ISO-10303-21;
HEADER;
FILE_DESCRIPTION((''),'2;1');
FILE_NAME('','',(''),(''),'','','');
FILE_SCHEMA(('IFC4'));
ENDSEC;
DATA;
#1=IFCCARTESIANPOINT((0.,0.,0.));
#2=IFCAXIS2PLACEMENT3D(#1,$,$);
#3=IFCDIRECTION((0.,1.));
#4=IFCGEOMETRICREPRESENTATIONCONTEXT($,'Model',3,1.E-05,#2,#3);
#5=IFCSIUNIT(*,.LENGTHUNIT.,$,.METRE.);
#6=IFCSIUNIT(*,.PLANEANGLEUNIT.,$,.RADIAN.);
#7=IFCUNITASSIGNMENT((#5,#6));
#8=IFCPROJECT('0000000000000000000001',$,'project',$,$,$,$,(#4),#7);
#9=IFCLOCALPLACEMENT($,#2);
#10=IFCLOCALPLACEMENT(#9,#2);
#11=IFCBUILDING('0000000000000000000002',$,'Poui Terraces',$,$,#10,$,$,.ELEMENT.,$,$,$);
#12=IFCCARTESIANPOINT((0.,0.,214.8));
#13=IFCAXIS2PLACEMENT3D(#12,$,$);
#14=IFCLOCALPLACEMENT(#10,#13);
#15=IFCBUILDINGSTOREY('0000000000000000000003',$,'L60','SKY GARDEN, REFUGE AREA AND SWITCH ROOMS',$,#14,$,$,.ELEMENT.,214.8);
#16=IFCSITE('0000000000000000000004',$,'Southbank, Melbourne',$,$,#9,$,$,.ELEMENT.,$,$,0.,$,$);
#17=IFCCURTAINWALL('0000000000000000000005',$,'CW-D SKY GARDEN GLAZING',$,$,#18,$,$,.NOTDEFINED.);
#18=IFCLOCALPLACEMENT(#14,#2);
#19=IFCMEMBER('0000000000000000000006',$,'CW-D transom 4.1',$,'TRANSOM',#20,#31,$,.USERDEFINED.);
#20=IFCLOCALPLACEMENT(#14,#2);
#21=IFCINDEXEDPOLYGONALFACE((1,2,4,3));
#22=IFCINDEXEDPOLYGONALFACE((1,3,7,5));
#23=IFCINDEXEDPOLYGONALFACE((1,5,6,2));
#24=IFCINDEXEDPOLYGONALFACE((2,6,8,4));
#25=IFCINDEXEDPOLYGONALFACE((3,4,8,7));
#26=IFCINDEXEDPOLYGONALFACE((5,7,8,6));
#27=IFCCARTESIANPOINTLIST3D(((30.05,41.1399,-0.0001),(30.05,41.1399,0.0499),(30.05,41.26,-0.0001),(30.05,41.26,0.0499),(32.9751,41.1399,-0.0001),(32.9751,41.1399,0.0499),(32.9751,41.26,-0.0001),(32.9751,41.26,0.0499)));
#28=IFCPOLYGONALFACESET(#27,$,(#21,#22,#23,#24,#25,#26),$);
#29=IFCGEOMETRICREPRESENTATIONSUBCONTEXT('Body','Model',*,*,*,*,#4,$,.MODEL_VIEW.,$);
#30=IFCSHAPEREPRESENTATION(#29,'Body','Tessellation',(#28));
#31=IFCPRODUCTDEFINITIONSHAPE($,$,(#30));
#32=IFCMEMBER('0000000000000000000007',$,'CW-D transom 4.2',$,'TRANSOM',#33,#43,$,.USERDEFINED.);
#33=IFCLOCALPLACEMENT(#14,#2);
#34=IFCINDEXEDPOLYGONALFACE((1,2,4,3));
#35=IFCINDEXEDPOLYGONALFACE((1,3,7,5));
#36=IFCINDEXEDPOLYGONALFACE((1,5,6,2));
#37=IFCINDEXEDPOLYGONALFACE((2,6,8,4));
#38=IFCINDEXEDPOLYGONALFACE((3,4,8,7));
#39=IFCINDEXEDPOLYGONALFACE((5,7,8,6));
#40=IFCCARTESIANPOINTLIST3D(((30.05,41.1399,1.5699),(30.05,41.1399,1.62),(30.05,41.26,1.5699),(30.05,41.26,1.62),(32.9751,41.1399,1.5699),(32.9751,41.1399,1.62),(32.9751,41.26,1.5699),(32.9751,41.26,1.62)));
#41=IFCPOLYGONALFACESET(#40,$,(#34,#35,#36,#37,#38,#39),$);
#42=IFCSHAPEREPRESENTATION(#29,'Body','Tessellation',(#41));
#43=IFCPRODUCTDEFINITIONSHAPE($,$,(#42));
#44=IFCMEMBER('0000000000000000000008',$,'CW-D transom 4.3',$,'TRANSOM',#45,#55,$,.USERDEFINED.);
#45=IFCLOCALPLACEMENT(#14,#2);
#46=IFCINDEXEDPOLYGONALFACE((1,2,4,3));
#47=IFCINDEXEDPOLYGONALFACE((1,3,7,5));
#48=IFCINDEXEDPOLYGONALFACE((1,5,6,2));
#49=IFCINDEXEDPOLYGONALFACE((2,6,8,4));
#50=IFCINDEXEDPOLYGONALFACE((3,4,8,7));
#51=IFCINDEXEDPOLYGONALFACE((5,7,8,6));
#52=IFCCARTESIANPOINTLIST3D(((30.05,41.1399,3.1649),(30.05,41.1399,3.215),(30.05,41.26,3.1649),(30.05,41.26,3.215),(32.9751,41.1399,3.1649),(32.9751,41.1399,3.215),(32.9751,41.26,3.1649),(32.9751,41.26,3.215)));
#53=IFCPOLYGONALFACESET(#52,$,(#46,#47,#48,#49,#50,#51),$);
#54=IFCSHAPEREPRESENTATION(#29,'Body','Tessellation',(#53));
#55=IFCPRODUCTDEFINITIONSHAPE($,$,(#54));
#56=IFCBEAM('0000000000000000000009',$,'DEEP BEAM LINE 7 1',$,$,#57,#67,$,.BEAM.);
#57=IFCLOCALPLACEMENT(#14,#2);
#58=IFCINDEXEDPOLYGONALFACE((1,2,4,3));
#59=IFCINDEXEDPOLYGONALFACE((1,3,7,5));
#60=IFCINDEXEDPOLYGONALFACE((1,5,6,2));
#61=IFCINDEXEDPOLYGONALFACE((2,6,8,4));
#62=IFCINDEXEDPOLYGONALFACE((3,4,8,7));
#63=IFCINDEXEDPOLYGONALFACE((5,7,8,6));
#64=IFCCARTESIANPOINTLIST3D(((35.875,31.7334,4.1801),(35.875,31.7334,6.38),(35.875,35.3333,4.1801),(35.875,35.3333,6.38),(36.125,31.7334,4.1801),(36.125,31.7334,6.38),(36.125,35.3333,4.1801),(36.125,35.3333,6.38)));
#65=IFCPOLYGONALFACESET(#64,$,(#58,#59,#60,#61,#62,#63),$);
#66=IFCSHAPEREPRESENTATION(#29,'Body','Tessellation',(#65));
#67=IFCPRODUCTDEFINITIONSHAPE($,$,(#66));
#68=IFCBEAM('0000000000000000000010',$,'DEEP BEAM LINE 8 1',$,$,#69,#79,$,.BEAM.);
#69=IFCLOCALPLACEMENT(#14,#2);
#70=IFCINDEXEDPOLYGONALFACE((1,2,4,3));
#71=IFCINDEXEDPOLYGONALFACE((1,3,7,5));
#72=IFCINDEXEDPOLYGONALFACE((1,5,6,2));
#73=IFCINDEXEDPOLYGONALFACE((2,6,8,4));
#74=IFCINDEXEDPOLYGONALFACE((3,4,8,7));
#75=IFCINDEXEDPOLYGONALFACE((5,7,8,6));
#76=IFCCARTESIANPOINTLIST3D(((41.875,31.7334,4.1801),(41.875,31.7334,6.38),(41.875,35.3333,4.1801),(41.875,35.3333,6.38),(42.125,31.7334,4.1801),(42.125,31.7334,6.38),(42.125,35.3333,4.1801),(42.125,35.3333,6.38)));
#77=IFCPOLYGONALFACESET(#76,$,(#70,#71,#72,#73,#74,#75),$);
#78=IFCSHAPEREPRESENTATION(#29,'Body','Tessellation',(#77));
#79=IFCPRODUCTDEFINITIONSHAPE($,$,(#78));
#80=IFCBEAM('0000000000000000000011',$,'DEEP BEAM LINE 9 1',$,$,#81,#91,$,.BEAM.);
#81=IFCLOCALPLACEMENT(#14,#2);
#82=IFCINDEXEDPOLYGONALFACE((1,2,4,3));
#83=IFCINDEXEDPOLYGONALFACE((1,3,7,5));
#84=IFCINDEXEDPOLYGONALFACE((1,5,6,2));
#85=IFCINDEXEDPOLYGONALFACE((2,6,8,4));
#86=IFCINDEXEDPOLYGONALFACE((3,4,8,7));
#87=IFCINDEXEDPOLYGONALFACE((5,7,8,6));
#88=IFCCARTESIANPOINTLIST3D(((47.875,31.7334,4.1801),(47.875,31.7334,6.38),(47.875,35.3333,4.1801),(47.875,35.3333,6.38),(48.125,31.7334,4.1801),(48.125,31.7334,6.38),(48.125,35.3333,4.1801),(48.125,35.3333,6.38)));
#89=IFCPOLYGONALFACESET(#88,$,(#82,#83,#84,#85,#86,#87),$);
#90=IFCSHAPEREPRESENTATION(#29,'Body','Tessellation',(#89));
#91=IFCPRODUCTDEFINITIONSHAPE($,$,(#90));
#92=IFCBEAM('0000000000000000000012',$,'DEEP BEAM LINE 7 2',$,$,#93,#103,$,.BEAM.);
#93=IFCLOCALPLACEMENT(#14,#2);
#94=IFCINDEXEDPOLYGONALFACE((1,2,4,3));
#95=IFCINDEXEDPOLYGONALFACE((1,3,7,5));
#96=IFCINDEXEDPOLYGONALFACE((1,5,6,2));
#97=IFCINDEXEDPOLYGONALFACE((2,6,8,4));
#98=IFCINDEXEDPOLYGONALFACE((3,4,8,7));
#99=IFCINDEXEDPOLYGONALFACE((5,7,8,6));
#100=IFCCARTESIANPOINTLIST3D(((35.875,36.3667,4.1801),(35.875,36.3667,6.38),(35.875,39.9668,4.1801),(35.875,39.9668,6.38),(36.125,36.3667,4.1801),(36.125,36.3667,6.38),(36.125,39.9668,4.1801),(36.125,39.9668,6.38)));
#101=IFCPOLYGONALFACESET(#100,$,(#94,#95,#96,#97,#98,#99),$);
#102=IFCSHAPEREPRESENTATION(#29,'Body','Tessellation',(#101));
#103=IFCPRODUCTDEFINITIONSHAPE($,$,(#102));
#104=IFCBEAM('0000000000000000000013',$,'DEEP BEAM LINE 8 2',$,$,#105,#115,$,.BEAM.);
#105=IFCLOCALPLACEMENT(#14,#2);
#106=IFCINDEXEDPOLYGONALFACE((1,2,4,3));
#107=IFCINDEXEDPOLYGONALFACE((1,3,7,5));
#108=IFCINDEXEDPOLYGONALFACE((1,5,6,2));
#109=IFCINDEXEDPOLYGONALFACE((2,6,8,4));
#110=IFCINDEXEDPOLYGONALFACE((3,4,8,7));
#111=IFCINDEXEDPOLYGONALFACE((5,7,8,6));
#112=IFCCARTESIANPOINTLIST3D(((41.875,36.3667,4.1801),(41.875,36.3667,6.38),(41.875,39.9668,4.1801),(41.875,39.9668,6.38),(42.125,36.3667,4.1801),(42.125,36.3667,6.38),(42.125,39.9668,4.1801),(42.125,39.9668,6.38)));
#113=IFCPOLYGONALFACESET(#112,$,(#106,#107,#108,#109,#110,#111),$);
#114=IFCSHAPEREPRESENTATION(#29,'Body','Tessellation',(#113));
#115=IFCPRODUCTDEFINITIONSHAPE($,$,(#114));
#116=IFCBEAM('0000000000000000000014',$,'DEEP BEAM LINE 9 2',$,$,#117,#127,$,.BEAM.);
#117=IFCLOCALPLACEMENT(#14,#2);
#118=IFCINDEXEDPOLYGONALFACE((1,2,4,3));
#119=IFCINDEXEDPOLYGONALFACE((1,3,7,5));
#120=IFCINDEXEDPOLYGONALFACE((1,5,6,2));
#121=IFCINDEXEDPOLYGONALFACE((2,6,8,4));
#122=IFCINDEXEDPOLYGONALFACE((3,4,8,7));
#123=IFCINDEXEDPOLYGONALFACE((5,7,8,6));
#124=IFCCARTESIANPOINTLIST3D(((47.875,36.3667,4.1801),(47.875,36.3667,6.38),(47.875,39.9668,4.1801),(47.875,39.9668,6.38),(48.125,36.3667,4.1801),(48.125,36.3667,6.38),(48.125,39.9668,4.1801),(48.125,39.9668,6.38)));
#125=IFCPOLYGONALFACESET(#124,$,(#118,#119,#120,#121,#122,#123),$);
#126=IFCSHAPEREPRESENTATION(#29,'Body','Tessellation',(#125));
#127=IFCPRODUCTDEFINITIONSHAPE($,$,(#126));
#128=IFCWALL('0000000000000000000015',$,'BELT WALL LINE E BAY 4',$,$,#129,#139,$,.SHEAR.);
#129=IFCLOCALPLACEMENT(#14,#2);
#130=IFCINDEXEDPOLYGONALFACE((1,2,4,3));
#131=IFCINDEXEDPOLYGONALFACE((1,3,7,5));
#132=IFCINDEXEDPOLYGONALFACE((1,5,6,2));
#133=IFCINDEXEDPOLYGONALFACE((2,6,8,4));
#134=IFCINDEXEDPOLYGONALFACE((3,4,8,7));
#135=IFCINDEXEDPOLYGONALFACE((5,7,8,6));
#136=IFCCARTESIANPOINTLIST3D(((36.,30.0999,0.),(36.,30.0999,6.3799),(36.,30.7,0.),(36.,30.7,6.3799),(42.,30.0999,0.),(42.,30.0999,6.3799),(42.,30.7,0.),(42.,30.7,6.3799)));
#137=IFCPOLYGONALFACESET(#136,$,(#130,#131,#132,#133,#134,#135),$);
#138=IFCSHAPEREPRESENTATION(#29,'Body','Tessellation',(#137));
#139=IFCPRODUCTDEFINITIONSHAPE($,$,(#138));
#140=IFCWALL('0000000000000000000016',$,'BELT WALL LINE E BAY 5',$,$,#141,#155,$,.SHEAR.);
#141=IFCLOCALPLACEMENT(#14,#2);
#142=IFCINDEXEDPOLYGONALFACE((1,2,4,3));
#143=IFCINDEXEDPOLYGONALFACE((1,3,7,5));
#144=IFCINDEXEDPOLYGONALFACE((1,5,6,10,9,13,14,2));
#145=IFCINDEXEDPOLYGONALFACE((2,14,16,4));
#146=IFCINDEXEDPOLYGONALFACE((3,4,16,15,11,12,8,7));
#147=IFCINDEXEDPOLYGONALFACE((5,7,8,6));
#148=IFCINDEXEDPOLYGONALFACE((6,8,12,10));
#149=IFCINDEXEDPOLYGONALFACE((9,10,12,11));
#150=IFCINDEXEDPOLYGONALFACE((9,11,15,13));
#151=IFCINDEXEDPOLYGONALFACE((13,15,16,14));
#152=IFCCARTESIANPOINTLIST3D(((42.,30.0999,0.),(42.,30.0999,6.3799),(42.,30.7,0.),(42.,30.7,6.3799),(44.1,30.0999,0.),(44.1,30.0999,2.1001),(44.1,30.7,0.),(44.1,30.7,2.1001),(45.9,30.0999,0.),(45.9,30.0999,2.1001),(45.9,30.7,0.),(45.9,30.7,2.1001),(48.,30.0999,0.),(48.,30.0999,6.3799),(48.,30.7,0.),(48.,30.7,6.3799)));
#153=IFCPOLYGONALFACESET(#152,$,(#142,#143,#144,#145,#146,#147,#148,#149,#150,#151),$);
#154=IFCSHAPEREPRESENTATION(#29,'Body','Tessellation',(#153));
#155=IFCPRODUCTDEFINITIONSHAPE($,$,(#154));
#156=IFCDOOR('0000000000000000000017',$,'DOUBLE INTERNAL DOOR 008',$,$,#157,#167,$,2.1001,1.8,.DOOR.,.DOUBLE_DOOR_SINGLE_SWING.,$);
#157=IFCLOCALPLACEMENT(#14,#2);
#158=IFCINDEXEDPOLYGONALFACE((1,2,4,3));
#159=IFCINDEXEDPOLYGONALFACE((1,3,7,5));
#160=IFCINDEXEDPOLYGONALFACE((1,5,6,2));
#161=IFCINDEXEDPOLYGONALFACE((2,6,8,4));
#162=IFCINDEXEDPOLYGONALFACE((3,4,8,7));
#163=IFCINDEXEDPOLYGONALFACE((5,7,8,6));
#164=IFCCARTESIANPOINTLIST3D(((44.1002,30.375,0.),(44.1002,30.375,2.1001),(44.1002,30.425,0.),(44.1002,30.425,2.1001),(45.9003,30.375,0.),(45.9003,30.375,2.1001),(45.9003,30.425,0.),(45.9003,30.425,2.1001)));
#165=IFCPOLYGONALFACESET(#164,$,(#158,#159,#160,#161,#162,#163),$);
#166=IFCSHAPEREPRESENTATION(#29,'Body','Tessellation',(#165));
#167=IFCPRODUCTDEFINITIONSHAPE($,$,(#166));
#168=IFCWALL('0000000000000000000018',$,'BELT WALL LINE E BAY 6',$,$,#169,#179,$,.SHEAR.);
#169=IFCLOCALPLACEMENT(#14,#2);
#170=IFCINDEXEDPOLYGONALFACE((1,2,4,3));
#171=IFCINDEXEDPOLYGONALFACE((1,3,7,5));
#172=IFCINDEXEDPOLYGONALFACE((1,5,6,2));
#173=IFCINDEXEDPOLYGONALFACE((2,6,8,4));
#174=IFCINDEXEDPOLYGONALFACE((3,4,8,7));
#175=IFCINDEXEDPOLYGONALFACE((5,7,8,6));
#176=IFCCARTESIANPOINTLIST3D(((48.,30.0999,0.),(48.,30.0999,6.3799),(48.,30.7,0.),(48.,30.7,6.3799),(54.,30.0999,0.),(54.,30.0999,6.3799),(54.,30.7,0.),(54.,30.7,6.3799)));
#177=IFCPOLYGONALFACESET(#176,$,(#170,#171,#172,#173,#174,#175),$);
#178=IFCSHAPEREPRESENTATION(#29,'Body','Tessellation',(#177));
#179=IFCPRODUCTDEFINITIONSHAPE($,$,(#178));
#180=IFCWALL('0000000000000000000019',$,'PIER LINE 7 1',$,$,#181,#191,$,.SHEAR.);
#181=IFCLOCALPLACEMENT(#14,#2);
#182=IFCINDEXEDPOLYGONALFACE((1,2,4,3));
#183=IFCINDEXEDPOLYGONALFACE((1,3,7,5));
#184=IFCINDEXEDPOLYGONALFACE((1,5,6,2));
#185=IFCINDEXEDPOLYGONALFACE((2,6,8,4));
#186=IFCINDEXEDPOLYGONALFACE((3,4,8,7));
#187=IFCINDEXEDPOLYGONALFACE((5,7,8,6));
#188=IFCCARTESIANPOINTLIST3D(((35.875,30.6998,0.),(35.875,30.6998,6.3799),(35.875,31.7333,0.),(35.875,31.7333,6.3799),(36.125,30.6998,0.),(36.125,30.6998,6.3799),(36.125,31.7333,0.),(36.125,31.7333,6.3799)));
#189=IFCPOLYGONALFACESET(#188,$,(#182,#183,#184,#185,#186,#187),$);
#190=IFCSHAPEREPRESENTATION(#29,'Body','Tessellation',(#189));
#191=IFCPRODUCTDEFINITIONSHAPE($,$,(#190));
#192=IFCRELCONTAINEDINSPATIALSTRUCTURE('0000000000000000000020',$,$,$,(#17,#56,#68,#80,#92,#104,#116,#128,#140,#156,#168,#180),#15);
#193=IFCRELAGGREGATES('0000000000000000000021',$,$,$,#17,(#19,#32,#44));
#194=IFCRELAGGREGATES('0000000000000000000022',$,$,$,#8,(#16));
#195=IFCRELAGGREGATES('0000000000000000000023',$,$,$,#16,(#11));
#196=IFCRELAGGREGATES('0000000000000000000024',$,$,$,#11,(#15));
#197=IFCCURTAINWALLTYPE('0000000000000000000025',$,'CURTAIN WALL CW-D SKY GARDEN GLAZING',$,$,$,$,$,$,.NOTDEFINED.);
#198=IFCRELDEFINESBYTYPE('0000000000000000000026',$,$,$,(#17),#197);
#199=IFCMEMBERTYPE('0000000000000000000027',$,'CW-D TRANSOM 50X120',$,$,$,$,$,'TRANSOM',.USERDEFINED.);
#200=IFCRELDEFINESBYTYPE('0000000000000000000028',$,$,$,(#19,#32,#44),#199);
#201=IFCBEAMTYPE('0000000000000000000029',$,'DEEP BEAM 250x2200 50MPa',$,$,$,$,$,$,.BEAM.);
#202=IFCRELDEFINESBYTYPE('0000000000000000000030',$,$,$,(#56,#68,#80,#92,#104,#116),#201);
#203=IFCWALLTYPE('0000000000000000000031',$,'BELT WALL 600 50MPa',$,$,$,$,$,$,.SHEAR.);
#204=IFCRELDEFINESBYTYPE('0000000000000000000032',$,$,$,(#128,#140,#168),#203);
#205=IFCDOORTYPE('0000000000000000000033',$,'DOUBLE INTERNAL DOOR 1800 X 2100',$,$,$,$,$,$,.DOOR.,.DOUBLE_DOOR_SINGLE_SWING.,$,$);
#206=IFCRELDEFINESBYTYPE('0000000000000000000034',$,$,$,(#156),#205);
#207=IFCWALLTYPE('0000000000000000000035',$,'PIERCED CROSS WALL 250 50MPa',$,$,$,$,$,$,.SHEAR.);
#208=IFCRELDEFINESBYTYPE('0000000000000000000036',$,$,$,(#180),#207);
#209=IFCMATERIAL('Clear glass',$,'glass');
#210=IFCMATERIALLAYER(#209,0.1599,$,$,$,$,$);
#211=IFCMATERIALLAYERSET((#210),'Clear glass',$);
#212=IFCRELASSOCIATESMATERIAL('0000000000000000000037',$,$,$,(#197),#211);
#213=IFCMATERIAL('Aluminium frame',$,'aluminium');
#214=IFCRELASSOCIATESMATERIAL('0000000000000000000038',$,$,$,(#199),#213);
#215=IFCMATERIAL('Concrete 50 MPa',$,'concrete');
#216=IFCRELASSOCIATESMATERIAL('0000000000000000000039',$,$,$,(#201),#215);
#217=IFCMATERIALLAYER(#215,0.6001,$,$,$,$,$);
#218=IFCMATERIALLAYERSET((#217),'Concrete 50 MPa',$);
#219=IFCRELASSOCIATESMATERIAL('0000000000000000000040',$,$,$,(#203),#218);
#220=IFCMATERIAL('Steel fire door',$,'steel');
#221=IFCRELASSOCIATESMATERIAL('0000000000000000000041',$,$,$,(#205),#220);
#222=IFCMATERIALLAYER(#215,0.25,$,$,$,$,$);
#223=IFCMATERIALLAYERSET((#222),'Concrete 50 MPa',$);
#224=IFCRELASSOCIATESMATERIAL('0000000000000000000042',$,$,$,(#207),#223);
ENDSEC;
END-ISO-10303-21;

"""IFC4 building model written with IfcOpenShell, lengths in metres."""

from ifc_helpers import new_model, si_unit, direction, frame, frame_2d, origin, origin_2d, place, context, subcontext, project, spatial, rectangle, extrude, source, transform, mapped, material, layer, layer_set, material_profile, profile_set, type_object, element, fill, aggregate, save


model = new_model("IFC4")

# Units and contexts
model_context = context("Model", 3, precision=1e-05, world=origin(), true_north=direction((0.0, 1.0)))
body_context = subcontext(model_context, "Body", "Model", "MODEL_VIEW")
ifc_project = project(units=[si_unit("LENGTHUNIT", "METRE"), si_unit("PLANEANGLEUNIT", "RADIAN")], contexts=[model_context])

# Site, building, storey
site_placement = place(None, origin())
site = spatial("IfcSite", under=ifc_project, at=site_placement, Name="Southbank, Melbourne", CompositionType="ELEMENT", RefElevation=0.0)
building_placement = place(site_placement, origin())
building = spatial("IfcBuilding", under=site, at=building_placement, Name="Poui Terraces", CompositionType="ELEMENT")
storey_placement = place(building_placement, frame((0.0, 0.0, 214.8)))
storey = spatial("IfcBuildingStorey", under=building, at=storey_placement, Name="L60", Description="SKY GARDEN, REFUGE AREA AND SWITCH ROOMS", CompositionType="ELEMENT", Elevation=214.8)

# Curtain wall, members
ifc_material_1 = material(Name="Clear glass", Category="glass")
ifc_layer_1 = layer(ifc_material_1, 0.1599)
ifc_layer_set_1 = layer_set([ifc_layer_1], Name="Clear glass")
curtain_wall_type = type_object("IfcCurtainWallType", Name="CURTAIN WALL CW-D SKY GARDEN GLAZING", PredefinedType="NOTDEFINED", material=ifc_layer_set_1)
curtain_wall_placement = place(storey_placement, origin())
curtain_wall = element("IfcCurtainWall", 1, at=curtain_wall_placement, inside=storey, type_object=curtain_wall_type, Name="CW-D SKY GARDEN GLAZING", PredefinedType="NOTDEFINED")
ifc_material_2 = material(Name="Aluminium frame", Category="aluminium")
ifc_material_profile_1 = material_profile(ifc_material_2, rectangle(XDim=0.1201, YDim=0.05, at=origin_2d()), Name="CW-D TRANSOM 50X120")
ifc_profile_set_1 = profile_set([ifc_material_profile_1], Name="Aluminium frame")
member_type = type_object("IfcMemberType", Name="CW-D TRANSOM 50X120", ElementType="TRANSOM", PredefinedType="USERDEFINED", material=ifc_profile_set_1)
member_1_placement = place(storey_placement, frame((32.9751, 41.2, 0.0249), z_axis=(-1.0, 0.0, 0.0), x_axis=(0.0, -1.0, 0.0)))
member_1 = element("IfcMember", 2, at=member_1_placement, type_object=member_type, Name="CW-D transom 4.1", ObjectType="TRANSOM", PredefinedType="USERDEFINED", context=body_context, shape_type="SweptSolid", body=[
    extrude(rectangle(XDim=0.1201, YDim=0.05, at=origin_2d()), origin(), (0.0, 0.0, 1.0), 2.925),
])
member_2_placement = place(storey_placement, frame((32.9751, 41.2, 1.595), z_axis=(-1.0, 0.0, 0.0), x_axis=(0.0, -1.0, 0.0)))
member_2 = element("IfcMember", 3, at=member_2_placement, type_object=member_type, Name="CW-D transom 4.2", ObjectType="TRANSOM", PredefinedType="USERDEFINED", context=body_context, shape_type="SweptSolid", body=[
    extrude(rectangle(XDim=0.1201, YDim=0.05, at=origin_2d()), origin(), (0.0, 0.0, 1.0), 2.925),
])
member_3_placement = place(storey_placement, frame((32.9751, 41.2, 3.1899), z_axis=(-1.0, 0.0, 0.0), x_axis=(0.0, -1.0, 0.0)))
member_3 = element("IfcMember", 4, at=member_3_placement, type_object=member_type, Name="CW-D transom 4.3", ObjectType="TRANSOM", PredefinedType="USERDEFINED", context=body_context, shape_type="SweptSolid", body=[
    extrude(rectangle(XDim=0.1201, YDim=0.05, at=origin_2d()), origin(), (0.0, 0.0, 1.0), 2.925),
])
aggregate(curtain_wall, [member_1, member_2, member_3])

# Beams
ifc_material_3 = material(Name="Concrete 50 MPa", Category="concrete")
ifc_material_profile_2 = material_profile(ifc_material_3, rectangle(XDim=0.25, YDim=2.2, at=origin_2d()), Name="RC 250x2200")
ifc_profile_set_2 = profile_set([ifc_material_profile_2], Name="Concrete 50 MPa")
beam_type = type_object("IfcBeamType", Name="DEEP BEAM 250x2200 50MPa", PredefinedType="BEAM", material=ifc_profile_set_2)
shared_shape_1 = source(origin(), body_context, "Body", "SweptSolid", [
    extrude(rectangle(XDim=0.25, YDim=2.2, at=origin_2d()), origin(), (0.0, 0.0, 1.0), 3.5999),
])
for number, where, z_axis, x_axis, name in (
    (5, (36.0, 31.7334, 5.28), (0.0, 1.0, 0.0), (-1.0, 0.0, 0.0), "DEEP BEAM LINE 7 1"),
    (6, (42.0, 31.7334, 5.28), (0.0, 1.0, 0.0), (-1.0, 0.0, 0.0), "DEEP BEAM LINE 8 1"),
    (7, (48.0, 31.7334, 5.28), (0.0, 1.0, 0.0), (-1.0, 0.0, 0.0), "DEEP BEAM LINE 9 1"),
):
    element("IfcBeam", number, at=place(storey_placement, frame(where, z_axis=z_axis, x_axis=x_axis)), inside=storey, type_object=beam_type, Name=name, PredefinedType="BEAM", context=body_context, shape_type="MappedRepresentation", body=[
        mapped(shared_shape_1, transform((0.0, 0.0, 0.0))),
    ])
shared_shape_2 = source(origin(), body_context, "Body", "SweptSolid", [
    extrude(rectangle(XDim=0.25, YDim=2.2, at=origin_2d()), origin(), (0.0, 0.0, 1.0), 3.6001),
])
for number, where, z_axis, x_axis, name in (
    (8, (36.0, 36.3667, 5.28), (0.0, 1.0, 0.0), (-1.0, 0.0, 0.0), "DEEP BEAM LINE 7 2"),
    (9, (42.0, 36.3667, 5.28), (0.0, 1.0, 0.0), (-1.0, 0.0, 0.0), "DEEP BEAM LINE 8 2"),
    (10, (48.0, 36.3667, 5.28), (0.0, 1.0, 0.0), (-1.0, 0.0, 0.0), "DEEP BEAM LINE 9 2"),
):
    element("IfcBeam", number, at=place(storey_placement, frame(where, z_axis=z_axis, x_axis=x_axis)), inside=storey, type_object=beam_type, Name=name, PredefinedType="BEAM", context=body_context, shape_type="MappedRepresentation", body=[
        mapped(shared_shape_2, transform((0.0, 0.0, 0.0))),
    ])

# Wall
ifc_layer_2 = layer(ifc_material_3, 0.6001)
ifc_layer_set_2 = layer_set([ifc_layer_2], Name="Concrete 50 MPa")
wall_type_1 = type_object("IfcWallType", Name="BELT WALL 600 50MPa", PredefinedType="SHEAR", material=ifc_layer_set_2)
wall_1_placement = place(storey_placement, frame((36.0, 30.3999, 0.0), z_axis=(0.0, 0.0, 1.0), x_axis=(1.0, 0.0, 0.0)))
element("IfcWall", 11, at=wall_1_placement, inside=storey, type_object=wall_type_1, Name="BELT WALL LINE E BAY 4", PredefinedType="SHEAR", context=body_context, shape_type="SweptSolid", body=[
    extrude(rectangle(XDim=6.0, YDim=0.6001, at=frame_2d((3.0, 0.0))), origin(), (0.0, 0.0, 1.0), 6.3799),
])

# Wall, opening, door
wall_2_placement = place(storey_placement, frame((42.0, 30.3999, 0.0), z_axis=(0.0, 0.0, 1.0), x_axis=(1.0, 0.0, 0.0)))
wall_2 = element("IfcWall", 12, at=wall_2_placement, inside=storey, type_object=wall_type_1, Name="BELT WALL LINE E BAY 5", PredefinedType="SHEAR", context=body_context, shape_type="SweptSolid", body=[
    extrude(rectangle(XDim=6.0, YDim=0.6001, at=frame_2d((3.0, 0.0))), origin(), (0.0, 0.0, 1.0), 6.3799),
])
opening_placement = place(wall_2_placement, frame((2.1001, 0.0, 0.0)))
opening = element("IfcOpeningElement", 13, at=opening_placement, cuts=wall_2, PredefinedType="OPENING", context=body_context, shape_type="SweptSolid", body=[
    extrude(rectangle(XDim=1.8, YDim=2.1001, at=frame_2d((0.8999, 1.05))), frame((0.0, 0.3101, 0.0), z_axis=(0.0, -1.0, 0.0), x_axis=(1.0, 0.0, 0.0)), (0.0, 0.0, 1.0), 0.6201),
])
ifc_material_4 = material(Name="Steel fire door", Category="steel")
door_type = type_object("IfcDoorType", Name="DOUBLE INTERNAL DOOR 1800 X 2100", OperationType="DOUBLE_DOOR_SINGLE_SWING", PredefinedType="DOOR", material=ifc_material_4)
door_placement = place(opening_placement, frame((1.8, 0.0, 0.0), z_axis=(0.0, 0.0, 1.0), x_axis=(-1.0, 0.0, 0.0)))
door = element("IfcDoor", 14, at=door_placement, inside=storey, type_object=door_type, Name="DOUBLE INTERNAL DOOR 008", OperationType="DOUBLE_DOOR_SINGLE_SWING", OverallHeight=2.1001, OverallWidth=1.8, PredefinedType="DOOR", context=body_context, shape_type="SweptSolid", body=[
    extrude(rectangle(XDim=1.8, YDim=2.1001, at=frame_2d((0.8999, 1.05))), frame((0.0, 0.0249, 0.0), z_axis=(0.0, -1.0, 0.0), x_axis=(1.0, 0.0, 0.0)), (0.0, 0.0, 1.0), 0.05),
])
fill(opening, door)

# Walls
wall_3_placement = place(storey_placement, frame((48.0, 30.3999, 0.0), z_axis=(0.0, 0.0, 1.0), x_axis=(1.0, 0.0, 0.0)))
element("IfcWall", 15, at=wall_3_placement, inside=storey, type_object=wall_type_1, Name="BELT WALL LINE E BAY 6", PredefinedType="SHEAR", context=body_context, shape_type="SweptSolid", body=[
    extrude(rectangle(XDim=6.0, YDim=0.6001, at=frame_2d((3.0, 0.0))), origin(), (0.0, 0.0, 1.0), 6.3799),
])
ifc_layer_3 = layer(ifc_material_3, 0.25)
ifc_layer_set_3 = layer_set([ifc_layer_3], Name="Concrete 50 MPa")
wall_type_2 = type_object("IfcWallType", Name="PIERCED CROSS WALL 250 50MPa", PredefinedType="SHEAR", material=ifc_layer_set_3)
for number, where, z_axis, x_axis, name in (
    (16, (36.0, 30.7, 0.0), (0.0, 0.0, 1.0), (0.0, 1.0, 0.0), "PIER LINE 7 1"),
):
    element("IfcWall", number, at=place(storey_placement, frame(where, z_axis=z_axis, x_axis=x_axis)), inside=storey, type_object=wall_type_2, Name=name, PredefinedType="SHEAR", context=body_context, shape_type="SweptSolid", body=[
        extrude(rectangle(XDim=1.0334, YDim=0.25, at=frame_2d((0.5166, 0.0))), origin(), (0.0, 0.0, 1.0), 6.3799),
    ])

save(model, "model.ifc")
